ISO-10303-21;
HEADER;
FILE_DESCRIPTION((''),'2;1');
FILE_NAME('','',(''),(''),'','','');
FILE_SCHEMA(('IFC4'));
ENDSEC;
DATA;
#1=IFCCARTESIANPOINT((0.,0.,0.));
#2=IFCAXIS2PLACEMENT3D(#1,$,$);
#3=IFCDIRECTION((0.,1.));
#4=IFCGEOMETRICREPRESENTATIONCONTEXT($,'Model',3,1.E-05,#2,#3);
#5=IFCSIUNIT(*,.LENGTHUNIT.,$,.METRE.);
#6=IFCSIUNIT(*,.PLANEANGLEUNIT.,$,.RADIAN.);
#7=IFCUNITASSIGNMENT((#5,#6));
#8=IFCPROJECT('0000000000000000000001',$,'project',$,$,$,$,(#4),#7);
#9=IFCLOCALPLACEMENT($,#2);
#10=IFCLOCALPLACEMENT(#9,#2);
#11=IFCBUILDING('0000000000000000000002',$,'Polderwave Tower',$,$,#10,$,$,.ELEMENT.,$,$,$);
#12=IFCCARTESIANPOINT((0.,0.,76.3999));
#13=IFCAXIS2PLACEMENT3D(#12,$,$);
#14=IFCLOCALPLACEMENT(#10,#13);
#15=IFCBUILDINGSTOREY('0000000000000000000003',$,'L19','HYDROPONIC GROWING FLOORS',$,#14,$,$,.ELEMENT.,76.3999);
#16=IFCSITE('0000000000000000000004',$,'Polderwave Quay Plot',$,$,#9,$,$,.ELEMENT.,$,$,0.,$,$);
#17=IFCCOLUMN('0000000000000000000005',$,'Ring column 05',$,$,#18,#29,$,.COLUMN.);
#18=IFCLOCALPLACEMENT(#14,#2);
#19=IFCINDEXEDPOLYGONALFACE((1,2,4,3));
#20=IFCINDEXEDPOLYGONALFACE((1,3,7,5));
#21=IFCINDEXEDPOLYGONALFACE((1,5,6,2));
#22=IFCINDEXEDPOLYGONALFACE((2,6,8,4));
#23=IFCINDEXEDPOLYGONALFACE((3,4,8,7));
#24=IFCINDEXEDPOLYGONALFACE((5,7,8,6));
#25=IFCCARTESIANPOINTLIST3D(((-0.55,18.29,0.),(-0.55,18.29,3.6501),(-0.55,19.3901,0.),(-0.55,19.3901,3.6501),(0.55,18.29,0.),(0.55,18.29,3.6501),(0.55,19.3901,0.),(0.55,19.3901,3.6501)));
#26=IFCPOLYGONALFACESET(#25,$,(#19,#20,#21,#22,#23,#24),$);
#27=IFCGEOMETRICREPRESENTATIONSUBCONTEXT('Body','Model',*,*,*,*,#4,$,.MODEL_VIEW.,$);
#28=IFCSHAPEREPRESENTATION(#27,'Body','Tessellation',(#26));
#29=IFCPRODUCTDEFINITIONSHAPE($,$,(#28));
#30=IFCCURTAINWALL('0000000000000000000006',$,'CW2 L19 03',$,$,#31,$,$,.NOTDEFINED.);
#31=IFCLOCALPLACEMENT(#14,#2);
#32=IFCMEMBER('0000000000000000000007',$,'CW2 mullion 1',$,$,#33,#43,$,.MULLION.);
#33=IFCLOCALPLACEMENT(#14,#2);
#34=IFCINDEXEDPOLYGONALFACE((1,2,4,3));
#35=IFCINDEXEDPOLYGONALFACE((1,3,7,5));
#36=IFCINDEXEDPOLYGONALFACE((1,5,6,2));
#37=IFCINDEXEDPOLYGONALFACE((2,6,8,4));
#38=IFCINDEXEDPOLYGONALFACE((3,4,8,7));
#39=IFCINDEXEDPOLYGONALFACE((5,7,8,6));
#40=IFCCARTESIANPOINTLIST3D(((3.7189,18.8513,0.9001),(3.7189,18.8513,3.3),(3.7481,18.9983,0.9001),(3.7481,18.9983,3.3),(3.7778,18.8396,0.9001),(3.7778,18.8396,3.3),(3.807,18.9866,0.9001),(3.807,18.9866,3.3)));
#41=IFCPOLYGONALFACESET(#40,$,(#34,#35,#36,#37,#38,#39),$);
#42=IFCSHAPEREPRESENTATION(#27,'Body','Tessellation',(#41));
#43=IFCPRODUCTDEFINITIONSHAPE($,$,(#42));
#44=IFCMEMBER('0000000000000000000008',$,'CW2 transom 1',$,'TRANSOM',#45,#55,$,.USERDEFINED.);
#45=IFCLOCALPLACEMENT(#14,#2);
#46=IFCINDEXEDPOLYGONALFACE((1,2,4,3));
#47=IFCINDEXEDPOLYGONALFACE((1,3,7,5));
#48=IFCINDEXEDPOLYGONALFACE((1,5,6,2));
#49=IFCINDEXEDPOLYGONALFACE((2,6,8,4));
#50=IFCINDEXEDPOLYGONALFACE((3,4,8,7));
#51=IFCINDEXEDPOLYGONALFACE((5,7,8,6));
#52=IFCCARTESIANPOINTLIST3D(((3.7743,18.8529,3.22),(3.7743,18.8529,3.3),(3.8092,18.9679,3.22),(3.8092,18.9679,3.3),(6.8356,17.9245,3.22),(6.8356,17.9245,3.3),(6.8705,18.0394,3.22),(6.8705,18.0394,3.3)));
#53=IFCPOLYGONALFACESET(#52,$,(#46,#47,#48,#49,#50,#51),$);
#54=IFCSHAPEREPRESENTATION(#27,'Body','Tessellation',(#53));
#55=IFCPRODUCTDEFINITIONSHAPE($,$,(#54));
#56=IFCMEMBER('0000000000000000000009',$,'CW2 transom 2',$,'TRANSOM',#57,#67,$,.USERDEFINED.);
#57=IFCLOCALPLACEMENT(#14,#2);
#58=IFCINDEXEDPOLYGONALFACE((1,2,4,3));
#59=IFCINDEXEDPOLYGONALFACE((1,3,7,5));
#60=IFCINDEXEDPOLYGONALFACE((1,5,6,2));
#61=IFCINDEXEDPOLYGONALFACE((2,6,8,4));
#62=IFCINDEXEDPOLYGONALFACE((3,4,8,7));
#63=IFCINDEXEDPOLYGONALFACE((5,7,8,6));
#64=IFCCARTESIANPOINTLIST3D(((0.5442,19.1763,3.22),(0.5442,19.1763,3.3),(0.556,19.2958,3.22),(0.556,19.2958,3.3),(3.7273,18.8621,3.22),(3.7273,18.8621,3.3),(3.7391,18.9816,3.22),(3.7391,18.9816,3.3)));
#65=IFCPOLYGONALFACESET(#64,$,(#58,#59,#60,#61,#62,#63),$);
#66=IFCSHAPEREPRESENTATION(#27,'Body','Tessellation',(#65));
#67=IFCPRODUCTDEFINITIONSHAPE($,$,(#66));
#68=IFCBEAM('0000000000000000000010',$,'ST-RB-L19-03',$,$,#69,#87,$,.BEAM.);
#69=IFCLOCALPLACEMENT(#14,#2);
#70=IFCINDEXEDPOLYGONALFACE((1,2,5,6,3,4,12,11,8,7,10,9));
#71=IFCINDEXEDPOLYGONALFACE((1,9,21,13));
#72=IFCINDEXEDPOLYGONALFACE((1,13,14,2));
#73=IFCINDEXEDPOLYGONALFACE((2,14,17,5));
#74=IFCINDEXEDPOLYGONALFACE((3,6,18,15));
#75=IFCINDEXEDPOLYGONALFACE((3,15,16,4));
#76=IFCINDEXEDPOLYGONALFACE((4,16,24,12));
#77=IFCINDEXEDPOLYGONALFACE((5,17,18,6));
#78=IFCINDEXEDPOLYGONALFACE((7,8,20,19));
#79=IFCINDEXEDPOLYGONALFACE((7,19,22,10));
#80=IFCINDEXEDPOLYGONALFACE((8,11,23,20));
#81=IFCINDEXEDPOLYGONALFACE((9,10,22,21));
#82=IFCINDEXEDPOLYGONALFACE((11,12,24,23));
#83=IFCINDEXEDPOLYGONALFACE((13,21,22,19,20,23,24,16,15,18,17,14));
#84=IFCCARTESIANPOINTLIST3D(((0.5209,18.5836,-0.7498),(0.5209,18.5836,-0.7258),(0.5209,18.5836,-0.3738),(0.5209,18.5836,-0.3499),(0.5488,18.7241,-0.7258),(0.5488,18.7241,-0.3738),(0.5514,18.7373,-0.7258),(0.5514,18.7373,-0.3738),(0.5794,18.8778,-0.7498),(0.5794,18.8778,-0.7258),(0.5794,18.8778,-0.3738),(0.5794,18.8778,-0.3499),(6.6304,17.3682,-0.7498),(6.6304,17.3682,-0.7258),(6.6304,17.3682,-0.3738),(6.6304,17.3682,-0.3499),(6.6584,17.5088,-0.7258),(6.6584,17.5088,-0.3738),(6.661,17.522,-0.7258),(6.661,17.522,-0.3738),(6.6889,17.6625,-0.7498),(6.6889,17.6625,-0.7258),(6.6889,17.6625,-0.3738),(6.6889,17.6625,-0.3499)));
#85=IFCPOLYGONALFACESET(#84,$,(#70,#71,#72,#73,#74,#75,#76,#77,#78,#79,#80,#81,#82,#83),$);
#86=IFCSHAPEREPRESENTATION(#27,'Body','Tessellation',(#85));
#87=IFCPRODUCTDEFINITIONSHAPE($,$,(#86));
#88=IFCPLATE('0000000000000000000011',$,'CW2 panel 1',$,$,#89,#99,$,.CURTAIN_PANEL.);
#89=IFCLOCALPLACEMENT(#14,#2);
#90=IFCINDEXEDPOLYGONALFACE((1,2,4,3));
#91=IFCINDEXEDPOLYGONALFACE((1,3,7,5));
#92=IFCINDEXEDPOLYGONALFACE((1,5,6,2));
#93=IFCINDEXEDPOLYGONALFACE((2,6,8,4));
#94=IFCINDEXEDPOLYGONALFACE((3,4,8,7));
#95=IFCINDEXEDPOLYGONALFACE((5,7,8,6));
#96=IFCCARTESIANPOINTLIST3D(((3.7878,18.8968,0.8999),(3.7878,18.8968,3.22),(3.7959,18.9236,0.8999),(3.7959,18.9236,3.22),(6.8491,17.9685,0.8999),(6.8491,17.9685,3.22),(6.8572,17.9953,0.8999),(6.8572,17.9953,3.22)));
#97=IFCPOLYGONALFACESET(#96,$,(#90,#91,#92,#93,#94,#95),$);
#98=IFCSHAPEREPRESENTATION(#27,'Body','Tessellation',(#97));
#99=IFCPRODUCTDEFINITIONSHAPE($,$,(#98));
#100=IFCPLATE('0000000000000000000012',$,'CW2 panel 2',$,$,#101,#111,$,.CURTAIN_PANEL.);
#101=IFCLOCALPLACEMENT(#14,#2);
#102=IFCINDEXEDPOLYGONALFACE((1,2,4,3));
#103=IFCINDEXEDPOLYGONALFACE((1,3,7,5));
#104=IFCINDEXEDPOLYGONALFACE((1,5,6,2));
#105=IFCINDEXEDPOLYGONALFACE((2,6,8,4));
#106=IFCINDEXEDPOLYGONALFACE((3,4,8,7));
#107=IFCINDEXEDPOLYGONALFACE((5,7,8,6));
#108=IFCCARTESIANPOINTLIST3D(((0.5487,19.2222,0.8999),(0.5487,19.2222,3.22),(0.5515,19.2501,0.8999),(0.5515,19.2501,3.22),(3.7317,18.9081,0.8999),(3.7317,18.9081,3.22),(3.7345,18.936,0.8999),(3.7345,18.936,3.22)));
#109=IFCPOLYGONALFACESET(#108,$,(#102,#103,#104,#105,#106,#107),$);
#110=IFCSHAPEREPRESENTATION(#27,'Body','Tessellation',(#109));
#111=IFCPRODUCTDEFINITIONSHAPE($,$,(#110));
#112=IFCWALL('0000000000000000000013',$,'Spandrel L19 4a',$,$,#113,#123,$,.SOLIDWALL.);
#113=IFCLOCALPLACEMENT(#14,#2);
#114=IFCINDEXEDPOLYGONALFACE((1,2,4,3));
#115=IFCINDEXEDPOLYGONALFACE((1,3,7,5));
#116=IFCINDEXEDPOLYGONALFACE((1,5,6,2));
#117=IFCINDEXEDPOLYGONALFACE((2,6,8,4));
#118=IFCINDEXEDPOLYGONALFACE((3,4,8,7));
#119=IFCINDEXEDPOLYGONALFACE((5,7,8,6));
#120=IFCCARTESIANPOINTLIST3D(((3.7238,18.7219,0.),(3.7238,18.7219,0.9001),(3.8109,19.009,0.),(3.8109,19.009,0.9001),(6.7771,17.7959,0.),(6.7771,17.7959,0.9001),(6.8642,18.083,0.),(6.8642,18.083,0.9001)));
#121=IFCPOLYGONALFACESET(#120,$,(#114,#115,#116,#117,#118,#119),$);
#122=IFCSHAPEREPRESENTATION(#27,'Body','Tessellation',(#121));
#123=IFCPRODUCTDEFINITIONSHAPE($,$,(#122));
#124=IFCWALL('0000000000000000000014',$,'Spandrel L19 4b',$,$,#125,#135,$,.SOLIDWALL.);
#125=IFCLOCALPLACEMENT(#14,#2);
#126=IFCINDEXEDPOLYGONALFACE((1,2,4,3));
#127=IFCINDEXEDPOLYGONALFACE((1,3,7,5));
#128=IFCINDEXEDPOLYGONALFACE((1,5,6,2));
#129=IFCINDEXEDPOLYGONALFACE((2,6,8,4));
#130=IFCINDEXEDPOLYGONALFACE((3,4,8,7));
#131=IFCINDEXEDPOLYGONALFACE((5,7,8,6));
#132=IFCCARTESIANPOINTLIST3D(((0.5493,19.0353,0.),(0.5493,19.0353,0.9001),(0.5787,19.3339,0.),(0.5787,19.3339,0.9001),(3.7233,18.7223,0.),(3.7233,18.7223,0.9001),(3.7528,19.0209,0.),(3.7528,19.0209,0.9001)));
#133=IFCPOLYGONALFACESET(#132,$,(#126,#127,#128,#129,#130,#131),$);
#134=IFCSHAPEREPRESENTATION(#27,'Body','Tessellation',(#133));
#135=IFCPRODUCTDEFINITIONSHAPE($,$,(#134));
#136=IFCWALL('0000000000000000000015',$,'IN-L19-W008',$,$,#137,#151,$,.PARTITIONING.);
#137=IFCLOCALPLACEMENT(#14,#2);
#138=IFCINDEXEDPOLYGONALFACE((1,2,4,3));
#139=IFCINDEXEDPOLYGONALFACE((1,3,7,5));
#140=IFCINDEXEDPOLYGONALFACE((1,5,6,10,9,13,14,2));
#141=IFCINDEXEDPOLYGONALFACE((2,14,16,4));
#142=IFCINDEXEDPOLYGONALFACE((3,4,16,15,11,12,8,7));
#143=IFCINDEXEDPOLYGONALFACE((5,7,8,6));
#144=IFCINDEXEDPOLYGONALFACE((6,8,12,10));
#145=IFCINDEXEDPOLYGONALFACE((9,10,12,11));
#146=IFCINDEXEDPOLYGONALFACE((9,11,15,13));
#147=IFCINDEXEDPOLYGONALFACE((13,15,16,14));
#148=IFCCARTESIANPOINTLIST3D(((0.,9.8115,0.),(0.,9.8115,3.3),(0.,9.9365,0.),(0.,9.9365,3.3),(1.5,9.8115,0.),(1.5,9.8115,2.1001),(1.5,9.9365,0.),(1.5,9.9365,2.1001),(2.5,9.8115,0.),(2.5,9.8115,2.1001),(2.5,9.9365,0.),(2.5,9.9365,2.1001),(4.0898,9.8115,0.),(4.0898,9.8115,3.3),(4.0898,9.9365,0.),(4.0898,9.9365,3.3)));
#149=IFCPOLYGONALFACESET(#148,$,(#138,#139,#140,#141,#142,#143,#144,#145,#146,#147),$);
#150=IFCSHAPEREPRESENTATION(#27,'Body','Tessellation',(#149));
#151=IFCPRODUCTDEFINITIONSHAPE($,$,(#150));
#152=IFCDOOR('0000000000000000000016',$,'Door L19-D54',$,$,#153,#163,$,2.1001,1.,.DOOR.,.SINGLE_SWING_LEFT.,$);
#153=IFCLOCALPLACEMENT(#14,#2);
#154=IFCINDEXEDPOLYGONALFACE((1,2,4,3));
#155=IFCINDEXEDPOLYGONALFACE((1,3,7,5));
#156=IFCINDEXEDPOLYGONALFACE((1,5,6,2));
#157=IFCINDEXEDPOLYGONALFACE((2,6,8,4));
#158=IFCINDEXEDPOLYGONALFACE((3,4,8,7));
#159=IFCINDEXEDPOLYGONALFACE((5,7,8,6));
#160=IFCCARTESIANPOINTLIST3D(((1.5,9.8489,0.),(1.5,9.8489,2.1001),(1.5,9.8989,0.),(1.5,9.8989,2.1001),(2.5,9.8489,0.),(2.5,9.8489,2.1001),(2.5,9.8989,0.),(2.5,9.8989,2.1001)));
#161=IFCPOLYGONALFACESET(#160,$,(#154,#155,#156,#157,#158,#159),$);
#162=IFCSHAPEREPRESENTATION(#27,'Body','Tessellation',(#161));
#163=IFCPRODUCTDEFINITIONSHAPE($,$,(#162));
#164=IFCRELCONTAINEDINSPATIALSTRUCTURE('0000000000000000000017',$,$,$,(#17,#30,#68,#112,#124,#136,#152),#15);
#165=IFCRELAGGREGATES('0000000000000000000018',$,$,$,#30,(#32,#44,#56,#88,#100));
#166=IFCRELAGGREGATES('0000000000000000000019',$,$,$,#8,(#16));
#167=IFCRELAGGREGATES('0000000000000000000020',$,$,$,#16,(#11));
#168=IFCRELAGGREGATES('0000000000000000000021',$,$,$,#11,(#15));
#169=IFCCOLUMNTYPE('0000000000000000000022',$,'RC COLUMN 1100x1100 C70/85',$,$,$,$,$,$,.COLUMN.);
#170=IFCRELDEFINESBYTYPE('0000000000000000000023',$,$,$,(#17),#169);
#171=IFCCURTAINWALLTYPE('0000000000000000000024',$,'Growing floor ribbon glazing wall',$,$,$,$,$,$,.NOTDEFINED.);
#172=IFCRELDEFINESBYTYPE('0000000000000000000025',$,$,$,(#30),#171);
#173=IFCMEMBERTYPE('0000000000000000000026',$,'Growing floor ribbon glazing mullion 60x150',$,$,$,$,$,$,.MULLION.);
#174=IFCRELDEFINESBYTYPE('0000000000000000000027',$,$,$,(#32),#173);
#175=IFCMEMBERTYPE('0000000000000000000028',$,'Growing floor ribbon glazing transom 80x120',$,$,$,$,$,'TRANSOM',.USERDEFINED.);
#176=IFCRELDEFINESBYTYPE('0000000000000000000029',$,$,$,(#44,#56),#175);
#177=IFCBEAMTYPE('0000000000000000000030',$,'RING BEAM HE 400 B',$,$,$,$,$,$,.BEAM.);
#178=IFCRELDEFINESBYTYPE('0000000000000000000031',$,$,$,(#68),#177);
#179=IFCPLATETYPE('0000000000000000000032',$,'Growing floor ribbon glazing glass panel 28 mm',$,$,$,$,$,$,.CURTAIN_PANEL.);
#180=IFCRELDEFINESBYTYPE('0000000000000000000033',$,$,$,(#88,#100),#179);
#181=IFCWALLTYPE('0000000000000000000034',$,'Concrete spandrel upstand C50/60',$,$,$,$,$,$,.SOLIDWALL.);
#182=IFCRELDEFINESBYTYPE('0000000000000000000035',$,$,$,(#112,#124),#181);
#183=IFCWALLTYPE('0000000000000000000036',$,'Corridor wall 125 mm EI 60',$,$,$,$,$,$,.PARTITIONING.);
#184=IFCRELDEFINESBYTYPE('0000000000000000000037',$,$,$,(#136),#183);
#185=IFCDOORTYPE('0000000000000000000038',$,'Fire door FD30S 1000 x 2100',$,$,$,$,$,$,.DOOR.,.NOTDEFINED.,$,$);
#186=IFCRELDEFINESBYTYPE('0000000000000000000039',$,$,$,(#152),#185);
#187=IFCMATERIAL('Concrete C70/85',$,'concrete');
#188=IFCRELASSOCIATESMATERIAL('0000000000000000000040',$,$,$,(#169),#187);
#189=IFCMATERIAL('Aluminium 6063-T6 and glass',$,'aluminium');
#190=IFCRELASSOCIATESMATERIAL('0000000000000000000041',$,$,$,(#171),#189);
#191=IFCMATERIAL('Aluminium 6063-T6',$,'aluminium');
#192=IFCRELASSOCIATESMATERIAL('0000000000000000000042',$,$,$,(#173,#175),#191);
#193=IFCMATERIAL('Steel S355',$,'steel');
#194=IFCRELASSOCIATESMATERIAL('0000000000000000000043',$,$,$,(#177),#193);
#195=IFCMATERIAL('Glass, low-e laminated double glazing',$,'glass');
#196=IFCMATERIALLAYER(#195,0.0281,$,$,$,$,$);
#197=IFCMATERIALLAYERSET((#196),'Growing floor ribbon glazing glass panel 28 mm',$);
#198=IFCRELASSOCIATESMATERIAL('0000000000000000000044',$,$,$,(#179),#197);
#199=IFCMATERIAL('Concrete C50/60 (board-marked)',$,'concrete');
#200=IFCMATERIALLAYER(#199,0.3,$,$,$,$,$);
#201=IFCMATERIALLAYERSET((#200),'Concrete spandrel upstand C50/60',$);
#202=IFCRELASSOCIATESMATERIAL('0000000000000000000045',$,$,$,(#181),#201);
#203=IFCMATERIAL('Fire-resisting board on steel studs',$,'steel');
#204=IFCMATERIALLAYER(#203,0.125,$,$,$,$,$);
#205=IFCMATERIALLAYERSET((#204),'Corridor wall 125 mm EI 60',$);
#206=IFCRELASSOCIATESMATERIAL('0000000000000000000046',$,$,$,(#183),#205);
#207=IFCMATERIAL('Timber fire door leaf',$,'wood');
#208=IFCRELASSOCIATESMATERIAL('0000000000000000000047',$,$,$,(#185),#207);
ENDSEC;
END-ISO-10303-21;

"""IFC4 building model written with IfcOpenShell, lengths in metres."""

from ifc_helpers import new_model, si_unit, direction, frame, frame_2d, origin, origin_2d, place, context, subcontext, project, spatial, rectangle, i_section, extrude, material, layer, layer_set, material_profile, profile_set, type_object, element, fill, aggregate, save


model = new_model("IFC4")

# Units and contexts
model_context = context("Model", 3, precision=1e-05, world=origin(), true_north=direction((0.0, 1.0)))
body_context = subcontext(model_context, "Body", "Model", "MODEL_VIEW")
ifc_project = project(units=[si_unit("LENGTHUNIT", "METRE"), si_unit("PLANEANGLEUNIT", "RADIAN")], contexts=[model_context])

# Site, building, storey
site_placement = place(None, origin())
site = spatial("IfcSite", under=ifc_project, at=site_placement, Name="Polderwave Quay Plot", CompositionType="ELEMENT", RefElevation=0.0)
building_placement = place(site_placement, origin())
building = spatial("IfcBuilding", under=site, at=building_placement, Name="Polderwave Tower", CompositionType="ELEMENT")
storey_placement = place(building_placement, frame((0.0, 0.0, 76.3999)))
storey = spatial("IfcBuildingStorey", under=building, at=storey_placement, Name="L19", Description="HYDROPONIC GROWING FLOORS", CompositionType="ELEMENT", Elevation=76.3999)

# Column
ifc_material_1 = material(Name="Concrete C70/85", Category="concrete")
ifc_material_profile_1 = material_profile(ifc_material_1, rectangle(XDim=1.1001, YDim=1.1001, at=origin_2d()), Name="RC 1100x1100")
ifc_profile_set_1 = profile_set([ifc_material_profile_1], Name="Concrete C70/85")
column_type = type_object("IfcColumnType", Name="RC COLUMN 1100x1100 C70/85", PredefinedType="COLUMN", material=ifc_profile_set_1)
column_placement = place(storey_placement, frame((0.0, 18.8401, 0.0), z_axis=(0.0, 0.0, 1.0), x_axis=(0.0, 1.0, 0.0)))
element("IfcColumn", 1, at=column_placement, inside=storey, type_object=column_type, Name="Ring column 05", PredefinedType="COLUMN", context=body_context, shape_type="SweptSolid", body=[
    extrude(rectangle(XDim=1.1001, YDim=1.1001, at=origin_2d()), origin(), (0.0, 0.0, 1.0), 3.6501),
])

# Curtain wall, members
ifc_material_2 = material(Name="Aluminium 6063-T6 and glass", Category="aluminium")
curtain_wall_type = type_object("IfcCurtainWallType", Name="Growing floor ribbon glazing wall", PredefinedType="NOTDEFINED", material=ifc_material_2)
curtain_wall_placement = place(storey_placement, origin())
curtain_wall = element("IfcCurtainWall", 2, at=curtain_wall_placement, inside=storey, type_object=curtain_wall_type, Name="CW2 L19 03", PredefinedType="NOTDEFINED")
ifc_material_3 = material(Name="Aluminium 6063-T6", Category="aluminium")
ifc_material_profile_2 = material_profile(ifc_material_3, rectangle(XDim=0.1499, YDim=0.0601, at=origin_2d()), Name="AL 60x150")
ifc_profile_set_2 = profile_set([ifc_material_profile_2], Name="Aluminium 6063-T6")
member_type_1 = type_object("IfcMemberType", Name="Growing floor ribbon glazing mullion 60x150", PredefinedType="MULLION", material=ifc_profile_set_2)
member_1_placement = place(storey_placement, frame((3.7629, 18.9189, 0.9001), z_axis=(0.0, 0.0, 1.0), x_axis=(-0.195123, -0.980779, 0.0)))
member_1 = element("IfcMember", 3, at=member_1_placement, type_object=member_type_1, Name="CW2 mullion 1", PredefinedType="MULLION", context=body_context, shape_type="SweptSolid", body=[
    extrude(rectangle(XDim=0.1499, YDim=0.0601, at=origin_2d()), origin(), (0.0, 0.0, 1.0), 2.3999),
])
ifc_material_profile_3 = material_profile(ifc_material_3, rectangle(XDim=0.1201, YDim=0.0801, at=origin_2d()), Name="AL 80x120")
ifc_profile_set_3 = profile_set([ifc_material_profile_3], Name="Aluminium 6063-T6")
member_type_2 = type_object("IfcMemberType", Name="Growing floor ribbon glazing transom 80x120", ElementType="TRANSOM", PredefinedType="USERDEFINED", material=ifc_profile_set_3)
member_2_placement = place(storey_placement, frame((6.853, 17.9819, 3.26), z_axis=(-0.956954, 0.290238, 0.0), x_axis=(-0.290238, -0.956954, 0.0)))
member_2 = element("IfcMember", 4, at=member_2_placement, type_object=member_type_2, Name="CW2 transom 1", ObjectType="TRANSOM", PredefinedType="USERDEFINED", context=body_context, shape_type="SweptSolid", body=[
    extrude(rectangle(XDim=0.1201, YDim=0.0801, at=origin_2d()), origin(), (0.0, 0.0, 1.0), 3.199),
])
member_3_placement = place(storey_placement, frame((3.7332, 18.9219, 3.26), z_axis=(-0.995163, 0.098234, 0.0), x_axis=(-0.098234, -0.995163, 0.0)))
member_3 = element("IfcMember", 5, at=member_3_placement, type_object=member_type_2, Name="CW2 transom 2", ObjectType="TRANSOM", PredefinedType="USERDEFINED", context=body_context, shape_type="SweptSolid", body=[
    extrude(rectangle(XDim=0.1201, YDim=0.0801, at=origin_2d()), origin(), (0.0, 0.0, 1.0), 3.1985),
])

# Beam
ifc_material_4 = material(Name="Steel S355", Category="steel")
ifc_material_profile_4 = material_profile(ifc_material_4, i_section(OverallWidth=0.3, OverallDepth=0.3999, WebThickness=0.0134, FlangeThickness=0.0239, at=origin_2d()), Name="HE 400 B")
ifc_profile_set_4 = profile_set([ifc_material_profile_4], Name="Steel S355")
beam_type = type_object("IfcBeamType", Name="RING BEAM HE 400 B", PredefinedType="BEAM", material=ifc_profile_set_4)
beam_placement = place(storey_placement, frame((6.6597, 17.5154, -0.5498), z_axis=(-0.980784, 0.195099, 0.0), x_axis=(-0.195099, -0.980784, 0.0)))
element("IfcBeam", 6, at=beam_placement, inside=storey, type_object=beam_type, Name="ST-RB-L19-03", PredefinedType="BEAM", context=body_context, shape_type="SweptSolid", body=[
    extrude(i_section(OverallWidth=0.3, OverallDepth=0.3999, WebThickness=0.0134, FlangeThickness=0.0239, at=origin_2d()), origin(), (0.0, 0.0, 1.0), 6.2292),
])

# Plates
ifc_material_5 = material(Name="Glass, low-e laminated double glazing", Category="glass")
ifc_layer_1 = layer(ifc_material_5, 0.0281)
ifc_layer_set_1 = layer_set([ifc_layer_1], Name="Growing floor ribbon glazing glass panel 28 mm")
plate_type = type_object("IfcPlateType", Name="Growing floor ribbon glazing glass panel 28 mm", PredefinedType="CURTAIN_PANEL", material=ifc_layer_set_1)
plate_1_placement = place(storey_placement, frame((5.3225, 18.446, 0.8999), z_axis=(0.0, 0.0, 1.0), x_axis=(-0.95697, 0.290188, 0.0)))
plate_1 = element("IfcPlate", 7, at=plate_1_placement, type_object=plate_type, Name="CW2 panel 1", PredefinedType="CURTAIN_PANEL", context=body_context, shape_type="SweptSolid", body=[
    extrude(rectangle(XDim=3.199, YDim=0.0281, at=origin_2d()), origin(), (0.0, 0.0, 1.0), 2.3201),
])
plate_2_placement = place(storey_placement, frame((2.1416, 19.0791, 0.8999), z_axis=(0.0, 0.0, 1.0), x_axis=(-0.995168, 0.098186, 0.0)))
plate_2 = element("IfcPlate", 8, at=plate_2_placement, type_object=plate_type, Name="CW2 panel 2", PredefinedType="CURTAIN_PANEL", context=body_context, shape_type="SweptSolid", body=[
    extrude(rectangle(XDim=3.1985, YDim=0.0281, at=origin_2d()), origin(), (0.0, 0.0, 1.0), 2.3201),
])
aggregate(curtain_wall, [member_1, member_2, member_3, plate_1, plate_2])

# Walls
ifc_material_6 = material(Name="Concrete C50/60 (board-marked)", Category="concrete")
ifc_layer_2 = layer(ifc_material_6, 0.3)
ifc_layer_set_2 = layer_set([ifc_layer_2], Name="Concrete spandrel upstand C50/60")
wall_type_1 = type_object("IfcWallType", Name="Concrete spandrel upstand C50/60", PredefinedType="SOLIDWALL", material=ifc_layer_set_2)
wall_1_placement = place(storey_placement, frame((6.8206, 17.9395, 0.0), z_axis=(0.0, 0.0, 1.0), x_axis=(-0.956954, 0.290239, 0.0)))
element("IfcWall", 9, at=wall_1_placement, inside=storey, type_object=wall_type_1, Name="Spandrel L19 4a", PredefinedType="SOLIDWALL", context=body_context, shape_type="SweptSolid", body=[
    extrude(rectangle(XDim=3.1907, YDim=0.3, at=frame_2d((1.5952, 0.0))), origin(), (0.0, 0.0, 1.0), 0.9001),
])
wall_2_placement = place(storey_placement, frame((3.738, 18.8716, 0.0), z_axis=(0.0, 0.0, 1.0), x_axis=(-0.995173, 0.098132, 0.0)))
element("IfcWall", 10, at=wall_2_placement, inside=storey, type_object=wall_type_1, Name="Spandrel L19 4b", PredefinedType="SOLIDWALL", context=body_context, shape_type="SweptSolid", body=[
    extrude(rectangle(XDim=3.1895, YDim=0.3, at=frame_2d((1.5947, 0.0))), origin(), (0.0, 0.0, 1.0), 0.9001),
])

# Wall, opening, door
ifc_material_7 = material(Name="Fire-resisting board on steel studs", Category="steel")
ifc_layer_3 = layer(ifc_material_7, 0.125)
ifc_layer_set_3 = layer_set([ifc_layer_3], Name="Corridor wall 125 mm EI 60")
wall_type_2 = type_object("IfcWallType", Name="Corridor wall 125 mm EI 60", PredefinedType="PARTITIONING", material=ifc_layer_set_3)
wall_3_placement = place(storey_placement, frame((0.0, 9.874, 0.0), z_axis=(0.0, 0.0, 1.0), x_axis=(1.0, 0.0, 0.0)))
wall_3 = element("IfcWall", 11, at=wall_3_placement, inside=storey, type_object=wall_type_2, Name="IN-L19-W008", PredefinedType="PARTITIONING", context=body_context, shape_type="SweptSolid", body=[
    extrude(rectangle(XDim=4.0898, YDim=0.125, at=frame_2d((2.0449, 0.0))), origin(), (0.0, 0.0, 1.0), 3.3),
])
opening_1_placement = place(wall_3_placement, frame((1.5, 0.0, 0.0)))
opening_1 = element("IfcOpeningElement", 12, at=opening_1_placement, cuts=wall_3, PredefinedType="OPENING", context=body_context, shape_type="SweptSolid", body=[
    extrude(rectangle(XDim=1.0, YDim=2.1001, at=frame_2d((0.5, 1.05))), frame((0.0, 0.0725, 0.0), z_axis=(0.0, -1.0, 0.0), x_axis=(1.0, 0.0, 0.0)), (0.0, 0.0, 1.0), 0.145),
])
ifc_material_8 = material(Name="Timber fire door leaf", Category="wood")
door_type_1 = type_object("IfcDoorType", Name="Fire door FD30S 1000 x 2100", OperationType="NOTDEFINED", PredefinedType="DOOR", material=ifc_material_8)
door_1_placement = place(opening_1_placement, origin())
door_1 = element("IfcDoor", 13, at=door_1_placement, inside=storey, type_object=door_type_1, Name="Door L19-D54", OperationType="SINGLE_SWING_LEFT", OverallHeight=2.1001, OverallWidth=1.0, PredefinedType="DOOR", context=body_context, shape_type="SweptSolid", body=[
    extrude(rectangle(XDim=1.0, YDim=2.1001, at=frame_2d((0.5, 1.05))), frame((0.0, 0.0249, 0.0), z_axis=(0.0, -1.0, 0.0), x_axis=(1.0, 0.0, 0.0)), (0.0, 0.0, 1.0), 0.05),
])
fill(opening_1, door_1)

save(model, "model.ifc")
